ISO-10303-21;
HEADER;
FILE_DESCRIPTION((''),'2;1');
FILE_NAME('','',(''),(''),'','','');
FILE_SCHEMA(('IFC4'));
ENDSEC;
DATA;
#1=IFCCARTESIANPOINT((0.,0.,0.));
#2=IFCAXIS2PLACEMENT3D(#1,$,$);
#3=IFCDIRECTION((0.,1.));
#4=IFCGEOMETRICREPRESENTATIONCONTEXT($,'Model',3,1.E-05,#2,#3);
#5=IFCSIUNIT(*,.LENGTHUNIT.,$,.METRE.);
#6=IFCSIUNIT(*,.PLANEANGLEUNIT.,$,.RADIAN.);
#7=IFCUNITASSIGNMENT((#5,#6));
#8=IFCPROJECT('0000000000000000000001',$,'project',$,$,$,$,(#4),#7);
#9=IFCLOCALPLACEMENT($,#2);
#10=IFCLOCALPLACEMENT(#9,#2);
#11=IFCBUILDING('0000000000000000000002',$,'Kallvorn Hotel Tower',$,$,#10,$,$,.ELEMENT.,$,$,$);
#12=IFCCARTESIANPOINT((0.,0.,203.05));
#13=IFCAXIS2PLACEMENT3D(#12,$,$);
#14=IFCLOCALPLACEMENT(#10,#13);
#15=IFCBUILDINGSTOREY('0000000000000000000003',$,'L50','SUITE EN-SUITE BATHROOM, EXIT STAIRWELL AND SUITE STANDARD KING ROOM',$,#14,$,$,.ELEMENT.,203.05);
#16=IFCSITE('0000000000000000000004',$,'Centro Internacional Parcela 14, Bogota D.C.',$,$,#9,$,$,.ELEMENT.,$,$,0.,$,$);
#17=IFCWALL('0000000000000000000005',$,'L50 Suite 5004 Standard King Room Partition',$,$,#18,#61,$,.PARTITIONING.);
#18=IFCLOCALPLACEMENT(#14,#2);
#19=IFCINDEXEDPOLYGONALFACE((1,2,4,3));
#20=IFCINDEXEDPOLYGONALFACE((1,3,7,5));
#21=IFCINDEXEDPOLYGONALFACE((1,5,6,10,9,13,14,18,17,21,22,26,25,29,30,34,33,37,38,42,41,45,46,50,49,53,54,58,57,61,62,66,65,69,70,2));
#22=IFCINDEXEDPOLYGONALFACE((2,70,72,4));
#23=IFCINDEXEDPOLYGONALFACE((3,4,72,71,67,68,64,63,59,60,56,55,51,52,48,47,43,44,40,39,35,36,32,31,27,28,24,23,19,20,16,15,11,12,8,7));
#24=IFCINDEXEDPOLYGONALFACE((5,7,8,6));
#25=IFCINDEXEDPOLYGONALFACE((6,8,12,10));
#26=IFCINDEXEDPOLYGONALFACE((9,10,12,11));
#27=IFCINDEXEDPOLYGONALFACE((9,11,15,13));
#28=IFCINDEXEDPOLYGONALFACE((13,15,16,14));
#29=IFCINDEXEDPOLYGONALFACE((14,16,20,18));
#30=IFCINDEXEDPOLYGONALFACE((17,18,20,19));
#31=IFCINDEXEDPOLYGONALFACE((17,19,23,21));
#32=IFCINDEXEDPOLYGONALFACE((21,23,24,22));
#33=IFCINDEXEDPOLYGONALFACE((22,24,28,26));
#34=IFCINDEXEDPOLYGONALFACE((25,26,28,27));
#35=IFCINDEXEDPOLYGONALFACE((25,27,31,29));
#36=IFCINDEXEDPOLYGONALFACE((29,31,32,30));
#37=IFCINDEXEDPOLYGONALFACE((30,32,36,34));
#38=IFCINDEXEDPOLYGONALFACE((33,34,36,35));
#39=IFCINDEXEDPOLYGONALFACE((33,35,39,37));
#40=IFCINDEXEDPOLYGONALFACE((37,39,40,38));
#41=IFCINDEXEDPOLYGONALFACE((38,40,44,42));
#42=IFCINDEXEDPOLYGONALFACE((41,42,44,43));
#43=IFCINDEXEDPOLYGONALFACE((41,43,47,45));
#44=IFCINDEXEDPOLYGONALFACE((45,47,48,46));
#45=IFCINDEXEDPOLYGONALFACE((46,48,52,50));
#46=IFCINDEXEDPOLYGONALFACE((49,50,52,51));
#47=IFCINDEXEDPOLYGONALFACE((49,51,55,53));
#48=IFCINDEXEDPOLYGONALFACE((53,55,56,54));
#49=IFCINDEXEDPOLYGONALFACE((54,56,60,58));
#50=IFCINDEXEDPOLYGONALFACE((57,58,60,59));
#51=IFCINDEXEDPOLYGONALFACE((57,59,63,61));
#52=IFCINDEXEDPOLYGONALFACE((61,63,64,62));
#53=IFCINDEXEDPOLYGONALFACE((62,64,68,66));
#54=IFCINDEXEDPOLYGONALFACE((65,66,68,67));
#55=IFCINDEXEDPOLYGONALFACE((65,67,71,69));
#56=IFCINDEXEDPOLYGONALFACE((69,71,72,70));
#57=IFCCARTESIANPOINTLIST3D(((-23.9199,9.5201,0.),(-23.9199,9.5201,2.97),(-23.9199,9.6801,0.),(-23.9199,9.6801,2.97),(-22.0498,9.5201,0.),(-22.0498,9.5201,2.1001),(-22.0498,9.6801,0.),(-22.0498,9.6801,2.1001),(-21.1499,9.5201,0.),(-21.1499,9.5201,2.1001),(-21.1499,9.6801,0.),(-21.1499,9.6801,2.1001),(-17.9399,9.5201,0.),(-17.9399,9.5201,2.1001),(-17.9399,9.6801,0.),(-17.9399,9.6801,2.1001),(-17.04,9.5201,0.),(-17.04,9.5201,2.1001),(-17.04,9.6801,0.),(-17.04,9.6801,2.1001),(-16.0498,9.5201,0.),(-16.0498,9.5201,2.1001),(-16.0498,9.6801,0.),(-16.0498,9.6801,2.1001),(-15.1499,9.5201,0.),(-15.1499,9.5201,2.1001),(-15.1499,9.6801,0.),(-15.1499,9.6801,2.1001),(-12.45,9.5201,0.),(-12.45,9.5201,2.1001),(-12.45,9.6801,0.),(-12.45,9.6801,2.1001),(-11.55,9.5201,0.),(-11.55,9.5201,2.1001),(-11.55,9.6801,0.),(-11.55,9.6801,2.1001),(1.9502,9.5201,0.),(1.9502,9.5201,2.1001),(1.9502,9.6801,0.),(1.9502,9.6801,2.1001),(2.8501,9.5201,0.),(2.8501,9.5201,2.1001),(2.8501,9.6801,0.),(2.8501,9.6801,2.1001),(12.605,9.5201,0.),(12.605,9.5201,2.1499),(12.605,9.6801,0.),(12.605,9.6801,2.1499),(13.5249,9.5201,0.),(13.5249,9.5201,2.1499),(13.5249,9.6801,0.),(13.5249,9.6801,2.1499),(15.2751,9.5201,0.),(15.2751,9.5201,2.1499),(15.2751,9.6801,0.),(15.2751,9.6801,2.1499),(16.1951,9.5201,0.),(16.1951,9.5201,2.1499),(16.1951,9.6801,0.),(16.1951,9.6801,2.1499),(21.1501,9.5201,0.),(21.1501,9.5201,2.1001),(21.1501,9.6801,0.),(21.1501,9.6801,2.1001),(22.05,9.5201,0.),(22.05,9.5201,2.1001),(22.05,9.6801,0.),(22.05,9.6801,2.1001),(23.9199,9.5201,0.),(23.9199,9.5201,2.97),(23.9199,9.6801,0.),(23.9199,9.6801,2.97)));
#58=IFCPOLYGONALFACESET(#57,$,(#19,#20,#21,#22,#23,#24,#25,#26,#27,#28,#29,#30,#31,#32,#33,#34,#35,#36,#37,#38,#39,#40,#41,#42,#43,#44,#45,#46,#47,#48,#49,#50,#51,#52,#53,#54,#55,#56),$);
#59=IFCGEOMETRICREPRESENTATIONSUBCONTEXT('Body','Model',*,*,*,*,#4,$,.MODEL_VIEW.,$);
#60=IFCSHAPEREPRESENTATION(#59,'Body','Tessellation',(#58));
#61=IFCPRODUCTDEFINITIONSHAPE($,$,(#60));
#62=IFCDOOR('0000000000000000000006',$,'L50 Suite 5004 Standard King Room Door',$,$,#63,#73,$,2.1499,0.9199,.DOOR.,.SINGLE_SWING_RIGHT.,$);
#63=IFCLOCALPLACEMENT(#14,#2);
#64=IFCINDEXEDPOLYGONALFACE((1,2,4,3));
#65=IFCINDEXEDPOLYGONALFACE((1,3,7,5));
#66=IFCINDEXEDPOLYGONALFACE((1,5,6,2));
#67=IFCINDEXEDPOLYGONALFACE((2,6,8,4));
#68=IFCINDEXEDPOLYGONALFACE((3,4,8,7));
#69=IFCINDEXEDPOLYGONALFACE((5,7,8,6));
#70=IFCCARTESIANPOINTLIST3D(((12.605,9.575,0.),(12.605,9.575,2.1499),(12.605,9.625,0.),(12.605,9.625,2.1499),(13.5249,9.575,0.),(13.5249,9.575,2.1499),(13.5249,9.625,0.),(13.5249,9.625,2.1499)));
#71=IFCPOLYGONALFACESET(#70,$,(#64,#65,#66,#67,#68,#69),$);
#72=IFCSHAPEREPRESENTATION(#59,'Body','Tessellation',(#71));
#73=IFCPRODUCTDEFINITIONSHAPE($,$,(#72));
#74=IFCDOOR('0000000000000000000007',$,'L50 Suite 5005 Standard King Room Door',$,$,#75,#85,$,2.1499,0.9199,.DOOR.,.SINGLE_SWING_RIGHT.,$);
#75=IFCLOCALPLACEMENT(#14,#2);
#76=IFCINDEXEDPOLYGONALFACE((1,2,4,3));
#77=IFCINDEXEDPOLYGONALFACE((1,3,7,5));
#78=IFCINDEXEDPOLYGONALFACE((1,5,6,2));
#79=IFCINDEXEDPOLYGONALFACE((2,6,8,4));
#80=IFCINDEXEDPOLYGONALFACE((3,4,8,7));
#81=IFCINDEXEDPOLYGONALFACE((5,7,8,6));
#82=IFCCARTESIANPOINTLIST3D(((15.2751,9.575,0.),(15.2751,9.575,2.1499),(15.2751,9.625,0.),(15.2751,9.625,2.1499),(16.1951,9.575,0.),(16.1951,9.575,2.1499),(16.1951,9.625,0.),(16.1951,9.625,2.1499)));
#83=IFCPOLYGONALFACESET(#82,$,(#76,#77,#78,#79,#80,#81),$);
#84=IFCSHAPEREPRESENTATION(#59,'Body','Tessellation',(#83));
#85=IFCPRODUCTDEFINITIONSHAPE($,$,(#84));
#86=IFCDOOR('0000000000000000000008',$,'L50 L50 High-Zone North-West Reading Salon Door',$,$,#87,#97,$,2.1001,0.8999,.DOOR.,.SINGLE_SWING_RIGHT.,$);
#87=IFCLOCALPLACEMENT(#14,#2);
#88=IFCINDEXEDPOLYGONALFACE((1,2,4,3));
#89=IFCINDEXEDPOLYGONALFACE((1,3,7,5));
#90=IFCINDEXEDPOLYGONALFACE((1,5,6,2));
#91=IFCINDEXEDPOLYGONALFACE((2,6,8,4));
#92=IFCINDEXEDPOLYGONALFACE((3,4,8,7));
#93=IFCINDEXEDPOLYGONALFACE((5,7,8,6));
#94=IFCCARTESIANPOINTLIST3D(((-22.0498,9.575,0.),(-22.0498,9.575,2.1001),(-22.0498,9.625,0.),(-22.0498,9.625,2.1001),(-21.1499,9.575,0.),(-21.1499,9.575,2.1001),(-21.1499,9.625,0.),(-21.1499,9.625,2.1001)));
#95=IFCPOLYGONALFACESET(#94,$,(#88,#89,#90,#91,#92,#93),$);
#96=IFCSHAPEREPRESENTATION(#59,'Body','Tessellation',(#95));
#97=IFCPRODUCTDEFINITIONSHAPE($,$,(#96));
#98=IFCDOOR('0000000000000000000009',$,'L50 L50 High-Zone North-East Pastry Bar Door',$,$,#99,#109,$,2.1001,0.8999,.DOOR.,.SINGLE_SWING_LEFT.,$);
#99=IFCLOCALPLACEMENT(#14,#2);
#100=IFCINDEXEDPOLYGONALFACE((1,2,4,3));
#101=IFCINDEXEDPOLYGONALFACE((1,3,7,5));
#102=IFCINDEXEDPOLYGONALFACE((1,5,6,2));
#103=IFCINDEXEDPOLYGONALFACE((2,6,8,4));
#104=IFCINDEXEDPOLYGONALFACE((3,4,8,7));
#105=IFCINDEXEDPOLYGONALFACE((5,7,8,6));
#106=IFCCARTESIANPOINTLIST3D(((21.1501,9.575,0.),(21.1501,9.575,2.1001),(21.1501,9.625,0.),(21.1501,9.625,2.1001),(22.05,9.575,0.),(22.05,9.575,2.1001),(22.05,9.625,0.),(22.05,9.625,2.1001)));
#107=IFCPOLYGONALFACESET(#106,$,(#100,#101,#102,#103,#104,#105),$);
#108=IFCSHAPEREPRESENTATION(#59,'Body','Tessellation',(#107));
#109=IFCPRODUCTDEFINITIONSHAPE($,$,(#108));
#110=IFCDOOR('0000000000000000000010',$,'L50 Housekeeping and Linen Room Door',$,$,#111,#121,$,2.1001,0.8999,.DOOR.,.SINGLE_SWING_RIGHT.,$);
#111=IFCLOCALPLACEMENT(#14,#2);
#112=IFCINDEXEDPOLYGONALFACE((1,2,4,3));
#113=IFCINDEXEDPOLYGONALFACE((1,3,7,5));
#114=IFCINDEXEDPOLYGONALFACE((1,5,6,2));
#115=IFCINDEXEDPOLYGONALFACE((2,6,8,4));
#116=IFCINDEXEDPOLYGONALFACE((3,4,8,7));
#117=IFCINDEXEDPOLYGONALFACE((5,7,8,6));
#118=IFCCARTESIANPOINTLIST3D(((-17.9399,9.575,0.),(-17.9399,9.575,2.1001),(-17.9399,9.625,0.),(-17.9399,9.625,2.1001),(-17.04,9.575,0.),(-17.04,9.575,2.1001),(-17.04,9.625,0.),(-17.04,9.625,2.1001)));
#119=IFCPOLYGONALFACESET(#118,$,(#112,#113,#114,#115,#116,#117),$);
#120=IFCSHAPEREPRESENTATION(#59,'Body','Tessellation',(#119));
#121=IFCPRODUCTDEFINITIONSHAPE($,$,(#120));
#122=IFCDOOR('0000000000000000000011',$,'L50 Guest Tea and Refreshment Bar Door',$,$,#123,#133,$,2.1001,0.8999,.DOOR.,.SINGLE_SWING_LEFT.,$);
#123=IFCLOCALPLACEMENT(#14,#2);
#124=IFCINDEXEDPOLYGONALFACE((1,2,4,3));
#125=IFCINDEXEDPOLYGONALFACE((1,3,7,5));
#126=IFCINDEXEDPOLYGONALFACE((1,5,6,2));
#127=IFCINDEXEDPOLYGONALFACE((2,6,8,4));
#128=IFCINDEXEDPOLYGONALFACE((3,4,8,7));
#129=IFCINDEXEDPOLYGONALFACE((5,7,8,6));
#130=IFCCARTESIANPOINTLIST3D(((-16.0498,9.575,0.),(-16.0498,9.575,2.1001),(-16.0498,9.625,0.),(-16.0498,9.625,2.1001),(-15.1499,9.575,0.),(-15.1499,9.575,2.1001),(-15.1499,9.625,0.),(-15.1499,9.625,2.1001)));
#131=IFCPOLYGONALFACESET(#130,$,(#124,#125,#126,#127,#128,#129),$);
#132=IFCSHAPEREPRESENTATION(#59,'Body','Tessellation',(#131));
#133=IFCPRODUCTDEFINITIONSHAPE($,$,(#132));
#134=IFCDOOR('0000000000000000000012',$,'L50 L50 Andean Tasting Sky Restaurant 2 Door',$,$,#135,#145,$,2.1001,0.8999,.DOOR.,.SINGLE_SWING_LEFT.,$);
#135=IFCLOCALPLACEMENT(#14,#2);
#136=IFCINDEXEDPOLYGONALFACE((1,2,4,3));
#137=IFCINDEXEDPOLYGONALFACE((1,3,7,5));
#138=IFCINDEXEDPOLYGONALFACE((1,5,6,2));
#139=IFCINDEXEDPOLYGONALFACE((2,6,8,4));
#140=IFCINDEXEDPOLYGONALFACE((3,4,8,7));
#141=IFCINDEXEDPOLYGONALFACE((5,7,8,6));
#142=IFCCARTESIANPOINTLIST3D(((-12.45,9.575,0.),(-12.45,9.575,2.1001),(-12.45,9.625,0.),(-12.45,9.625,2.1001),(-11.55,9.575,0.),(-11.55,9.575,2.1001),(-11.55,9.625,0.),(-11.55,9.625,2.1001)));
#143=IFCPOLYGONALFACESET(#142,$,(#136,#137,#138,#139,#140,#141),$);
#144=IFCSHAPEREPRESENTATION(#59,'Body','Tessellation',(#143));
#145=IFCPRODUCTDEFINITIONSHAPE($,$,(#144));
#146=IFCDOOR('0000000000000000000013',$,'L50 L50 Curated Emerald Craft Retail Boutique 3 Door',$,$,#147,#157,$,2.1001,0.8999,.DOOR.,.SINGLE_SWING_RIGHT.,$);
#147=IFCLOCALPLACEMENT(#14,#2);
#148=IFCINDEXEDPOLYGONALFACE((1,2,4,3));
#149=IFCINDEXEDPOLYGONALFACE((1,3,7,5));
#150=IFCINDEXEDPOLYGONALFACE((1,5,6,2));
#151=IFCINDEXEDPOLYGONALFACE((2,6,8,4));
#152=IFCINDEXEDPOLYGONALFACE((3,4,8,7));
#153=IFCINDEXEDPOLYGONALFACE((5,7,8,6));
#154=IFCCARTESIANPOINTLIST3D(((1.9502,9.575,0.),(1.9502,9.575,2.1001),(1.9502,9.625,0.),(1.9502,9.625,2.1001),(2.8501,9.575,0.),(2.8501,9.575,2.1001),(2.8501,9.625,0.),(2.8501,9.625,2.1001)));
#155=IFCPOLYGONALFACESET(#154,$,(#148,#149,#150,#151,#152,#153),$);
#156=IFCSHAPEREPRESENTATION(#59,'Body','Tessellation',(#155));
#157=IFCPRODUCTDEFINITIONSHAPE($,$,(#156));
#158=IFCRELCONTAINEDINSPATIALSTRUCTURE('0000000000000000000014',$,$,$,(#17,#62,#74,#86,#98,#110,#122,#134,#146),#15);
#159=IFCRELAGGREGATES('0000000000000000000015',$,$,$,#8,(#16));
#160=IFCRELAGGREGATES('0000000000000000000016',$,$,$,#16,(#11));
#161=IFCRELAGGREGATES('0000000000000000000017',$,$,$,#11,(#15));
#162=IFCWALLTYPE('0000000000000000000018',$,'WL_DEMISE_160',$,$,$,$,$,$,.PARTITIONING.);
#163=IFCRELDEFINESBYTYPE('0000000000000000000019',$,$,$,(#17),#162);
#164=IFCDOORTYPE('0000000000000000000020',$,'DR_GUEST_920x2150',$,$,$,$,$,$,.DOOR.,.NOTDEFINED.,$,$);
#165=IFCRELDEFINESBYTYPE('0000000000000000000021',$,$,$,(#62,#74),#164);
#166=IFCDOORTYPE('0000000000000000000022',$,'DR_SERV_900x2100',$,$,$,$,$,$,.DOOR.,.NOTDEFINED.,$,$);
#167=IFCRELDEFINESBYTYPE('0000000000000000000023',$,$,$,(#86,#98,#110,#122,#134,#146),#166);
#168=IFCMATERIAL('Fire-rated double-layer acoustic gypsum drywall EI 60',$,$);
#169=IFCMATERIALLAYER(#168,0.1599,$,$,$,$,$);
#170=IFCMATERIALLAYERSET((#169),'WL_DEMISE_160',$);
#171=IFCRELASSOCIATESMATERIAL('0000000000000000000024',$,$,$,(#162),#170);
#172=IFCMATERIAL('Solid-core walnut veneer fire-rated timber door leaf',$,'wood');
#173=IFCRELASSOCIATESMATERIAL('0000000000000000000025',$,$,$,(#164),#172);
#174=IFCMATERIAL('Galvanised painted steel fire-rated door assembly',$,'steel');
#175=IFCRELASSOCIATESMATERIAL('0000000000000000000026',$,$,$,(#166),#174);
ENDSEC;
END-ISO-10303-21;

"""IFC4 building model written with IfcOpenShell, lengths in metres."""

from ifc_helpers import new_model, si_unit, direction, frame, frame_2d, origin, place, context, subcontext, project, spatial, rectangle, extrude, material, layer, layer_set, type_object, element, fill, save


model = new_model("IFC4")

# Units and contexts
model_context = context("Model", 3, precision=1e-05, world=origin(), true_north=direction((0.0, 1.0)))
body_context = subcontext(model_context, "Body", "Model", "MODEL_VIEW")
ifc_project = project(units=[si_unit("LENGTHUNIT", "METRE"), si_unit("PLANEANGLEUNIT", "RADIAN")], contexts=[model_context])

# Site, building, storey
site_placement = place(None, origin())
site = spatial("IfcSite", under=ifc_project, at=site_placement, Name="Centro Internacional Parcela 14, Bogota D.C.", CompositionType="ELEMENT", RefElevation=0.0)
building_placement = place(site_placement, origin())
building = spatial("IfcBuilding", under=site, at=building_placement, Name="Kallvorn Hotel Tower", CompositionType="ELEMENT")
storey_placement = place(building_placement, frame((0.0, 0.0, 203.05)))
storey = spatial("IfcBuildingStorey", under=building, at=storey_placement, Name="L50", Description="SUITE EN-SUITE BATHROOM, EXIT STAIRWELL AND SUITE STANDARD KING ROOM", CompositionType="ELEMENT", Elevation=203.05)

# Wall, openings, doors
ifc_material_1 = material(Name="Fire-rated double-layer acoustic gypsum drywall EI 60")
ifc_layer_1 = layer(ifc_material_1, 0.1599)
ifc_layer_set_1 = layer_set([ifc_layer_1], Name="WL_DEMISE_160")
wall_type_1 = type_object("IfcWallType", Name="WL_DEMISE_160", PredefinedType="PARTITIONING", material=ifc_layer_set_1)
wall_1_placement = place(storey_placement, frame((-23.9199, 9.6001, 0.0), z_axis=(0.0, 0.0, 1.0), x_axis=(1.0, 0.0, 0.0)))
wall_1 = element("IfcWall", 1, at=wall_1_placement, inside=storey, type_object=wall_type_1, Name="L50 Suite 5004 Standard King Room Partition", PredefinedType="PARTITIONING", context=body_context, shape_type="SweptSolid", body=[
    extrude(rectangle(XDim=47.8398, YDim=0.1599, at=frame_2d((23.9199, 0.0))), origin(), (0.0, 0.0, 1.0), 2.97),
])
opening_1_placement = place(wall_1_placement, frame((1.8701, 0.0, 0.0)))
opening_1 = element("IfcOpeningElement", 2, at=opening_1_placement, cuts=wall_1, PredefinedType="OPENING", context=body_context, shape_type="SweptSolid", body=[
    extrude(rectangle(XDim=0.8999, YDim=2.1001, at=frame_2d((0.45, 1.05))), frame((0.0, 0.095, 0.0), z_axis=(0.0, -1.0, 0.0), x_axis=(1.0, 0.0, 0.0)), (0.0, 0.0, 1.0), 0.1899),
])
opening_2_placement = place(wall_1_placement, frame((45.0701, 0.0, 0.0)))
opening_2 = element("IfcOpeningElement", 3, at=opening_2_placement, cuts=wall_1, PredefinedType="OPENING", context=body_context, shape_type="SweptSolid", body=[
    extrude(rectangle(XDim=0.8999, YDim=2.1001, at=frame_2d((0.45, 1.05))), frame((0.0, 0.095, 0.0), z_axis=(0.0, -1.0, 0.0), x_axis=(1.0, 0.0, 0.0)), (0.0, 0.0, 1.0), 0.1899),
])
opening_3_placement = place(wall_1_placement, frame((5.98, 0.0, 0.0)))
opening_3 = element("IfcOpeningElement", 4, at=opening_3_placement, cuts=wall_1, PredefinedType="OPENING", context=body_context, shape_type="SweptSolid", body=[
    extrude(rectangle(XDim=0.8999, YDim=2.1001, at=frame_2d((0.45, 1.05))), frame((0.0, 0.095, 0.0), z_axis=(0.0, -1.0, 0.0), x_axis=(1.0, 0.0, 0.0)), (0.0, 0.0, 1.0), 0.1899),
])
opening_4_placement = place(wall_1_placement, frame((7.8701, 0.0, 0.0)))
opening_4 = element("IfcOpeningElement", 5, at=opening_4_placement, cuts=wall_1, PredefinedType="OPENING", context=body_context, shape_type="SweptSolid", body=[
    extrude(rectangle(XDim=0.8999, YDim=2.1001, at=frame_2d((0.45, 1.05))), frame((0.0, 0.095, 0.0), z_axis=(0.0, -1.0, 0.0), x_axis=(1.0, 0.0, 0.0)), (0.0, 0.0, 1.0), 0.1899),
])
opening_5_placement = place(wall_1_placement, frame((11.47, 0.0, 0.0)))
opening_5 = element("IfcOpeningElement", 6, at=opening_5_placement, cuts=wall_1, PredefinedType="OPENING", context=body_context, shape_type="SweptSolid", body=[
    extrude(rectangle(XDim=0.8999, YDim=2.1001, at=frame_2d((0.45, 1.05))), frame((0.0, 0.095, 0.0), z_axis=(0.0, -1.0, 0.0), x_axis=(1.0, 0.0, 0.0)), (0.0, 0.0, 1.0), 0.1899),
])
opening_6_placement = place(wall_1_placement, frame((25.8701, 0.0, 0.0)))
opening_6 = element("IfcOpeningElement", 7, at=opening_6_placement, cuts=wall_1, PredefinedType="OPENING", context=body_context, shape_type="SweptSolid", body=[
    extrude(rectangle(XDim=0.8999, YDim=2.1001, at=frame_2d((0.45, 1.05))), frame((0.0, 0.095, 0.0), z_axis=(0.0, -1.0, 0.0), x_axis=(1.0, 0.0, 0.0)), (0.0, 0.0, 1.0), 0.1899),
])
opening_7_placement = place(wall_1_placement, frame((36.5249, 0.0, 0.0)))
opening_7 = element("IfcOpeningElement", 8, at=opening_7_placement, cuts=wall_1, PredefinedType="OPENING", context=body_context, shape_type="SweptSolid", body=[
    extrude(rectangle(XDim=0.9199, YDim=2.1499, at=frame_2d((0.46, 1.075))), frame((0.0, 0.095, 0.0), z_axis=(0.0, -1.0, 0.0), x_axis=(1.0, 0.0, 0.0)), (0.0, 0.0, 1.0), 0.1899),
])
opening_8_placement = place(wall_1_placement, frame((39.1951, 0.0, 0.0)))
opening_8 = element("IfcOpeningElement", 9, at=opening_8_placement, cuts=wall_1, PredefinedType="OPENING", context=body_context, shape_type="SweptSolid", body=[
    extrude(rectangle(XDim=0.9199, YDim=2.1499, at=frame_2d((0.46, 1.075))), frame((0.0, 0.095, 0.0), z_axis=(0.0, -1.0, 0.0), x_axis=(1.0, 0.0, 0.0)), (0.0, 0.0, 1.0), 0.1899),
])
ifc_material_2 = material(Name="Solid-core walnut veneer fire-rated timber door leaf", Category="wood")
door_type_1 = type_object("IfcDoorType", Name="DR_GUEST_920x2150", OperationType="NOTDEFINED", PredefinedType="DOOR", material=ifc_material_2)
door_1_placement = place(opening_7_placement, origin())
door_1 = element("IfcDoor", 10, at=door_1_placement, inside=storey, type_object=door_type_1, Name="L50 Suite 5004 Standard King Room Door", OperationType="SINGLE_SWING_RIGHT", OverallHeight=2.1499, OverallWidth=0.9199, PredefinedType="DOOR", context=body_context, shape_type="SweptSolid", body=[
    extrude(rectangle(XDim=0.9199, YDim=2.1499, at=frame_2d((0.46, 1.075))), frame((0.0, 0.0249, 0.0), z_axis=(0.0, -1.0, 0.0), x_axis=(1.0, 0.0, 0.0)), (0.0, 0.0, 1.0), 0.05),
])
fill(opening_7, door_1)
door_2_placement = place(opening_8_placement, origin())
door_2 = element("IfcDoor", 11, at=door_2_placement, inside=storey, type_object=door_type_1, Name="L50 Suite 5005 Standard King Room Door", OperationType="SINGLE_SWING_RIGHT", OverallHeight=2.1499, OverallWidth=0.9199, PredefinedType="DOOR", context=body_context, shape_type="SweptSolid", body=[
    extrude(rectangle(XDim=0.9199, YDim=2.1499, at=frame_2d((0.46, 1.075))), frame((0.0, 0.0249, 0.0), z_axis=(0.0, -1.0, 0.0), x_axis=(1.0, 0.0, 0.0)), (0.0, 0.0, 1.0), 0.05),
])
fill(opening_8, door_2)
ifc_material_3 = material(Name="Galvanised painted steel fire-rated door assembly", Category="steel")
door_type_2 = type_object("IfcDoorType", Name="DR_SERV_900x2100", OperationType="NOTDEFINED", PredefinedType="DOOR", material=ifc_material_3)
door_3_placement = place(opening_1_placement, origin())
door_3 = element("IfcDoor", 12, at=door_3_placement, inside=storey, type_object=door_type_2, Name="L50 L50 High-Zone North-West Reading Salon Door", OperationType="SINGLE_SWING_RIGHT", OverallHeight=2.1001, OverallWidth=0.8999, PredefinedType="DOOR", context=body_context, shape_type="SweptSolid", body=[
    extrude(rectangle(XDim=0.8999, YDim=2.1001, at=frame_2d((0.45, 1.05))), frame((0.0, 0.0249, 0.0), z_axis=(0.0, -1.0, 0.0), x_axis=(1.0, 0.0, 0.0)), (0.0, 0.0, 1.0), 0.05),
])
fill(opening_1, door_3)
door_4_placement = place(opening_2_placement, origin())
door_4 = element("IfcDoor", 13, at=door_4_placement, inside=storey, type_object=door_type_2, Name="L50 L50 High-Zone North-East Pastry Bar Door", OperationType="SINGLE_SWING_LEFT", OverallHeight=2.1001, OverallWidth=0.8999, PredefinedType="DOOR", context=body_context, shape_type="SweptSolid", body=[
    extrude(rectangle(XDim=0.8999, YDim=2.1001, at=frame_2d((0.45, 1.05))), frame((0.0, 0.0249, 0.0), z_axis=(0.0, -1.0, 0.0), x_axis=(1.0, 0.0, 0.0)), (0.0, 0.0, 1.0), 0.05),
])
fill(opening_2, door_4)
door_5_placement = place(opening_3_placement, origin())
door_5 = element("IfcDoor", 14, at=door_5_placement, inside=storey, type_object=door_type_2, Name="L50 Housekeeping and Linen Room Door", OperationType="SINGLE_SWING_RIGHT", OverallHeight=2.1001, OverallWidth=0.8999, PredefinedType="DOOR", context=body_context, shape_type="SweptSolid", body=[
    extrude(rectangle(XDim=0.8999, YDim=2.1001, at=frame_2d((0.45, 1.05))), frame((0.0, 0.0249, 0.0), z_axis=(0.0, -1.0, 0.0), x_axis=(1.0, 0.0, 0.0)), (0.0, 0.0, 1.0), 0.05),
])
fill(opening_3, door_5)
door_6_placement = place(opening_4_placement, origin())
door_6 = element("IfcDoor", 15, at=door_6_placement, inside=storey, type_object=door_type_2, Name="L50 Guest Tea and Refreshment Bar Door", OperationType="SINGLE_SWING_LEFT", OverallHeight=2.1001, OverallWidth=0.8999, PredefinedType="DOOR", context=body_context, shape_type="SweptSolid", body=[
    extrude(rectangle(XDim=0.8999, YDim=2.1001, at=frame_2d((0.45, 1.05))), frame((0.0, 0.0249, 0.0), z_axis=(0.0, -1.0, 0.0), x_axis=(1.0, 0.0, 0.0)), (0.0, 0.0, 1.0), 0.05),
])
fill(opening_4, door_6)
door_7_placement = place(opening_5_placement, origin())
door_7 = element("IfcDoor", 16, at=door_7_placement, inside=storey, type_object=door_type_2, Name="L50 L50 Andean Tasting Sky Restaurant 2 Door", OperationType="SINGLE_SWING_LEFT", OverallHeight=2.1001, OverallWidth=0.8999, PredefinedType="DOOR", context=body_context, shape_type="SweptSolid", body=[
    extrude(rectangle(XDim=0.8999, YDim=2.1001, at=frame_2d((0.45, 1.05))), frame((0.0, 0.0249, 0.0), z_axis=(0.0, -1.0, 0.0), x_axis=(1.0, 0.0, 0.0)), (0.0, 0.0, 1.0), 0.05),
])
fill(opening_5, door_7)
door_8_placement = place(opening_6_placement, origin())
door_8 = element("IfcDoor", 17, at=door_8_placement, inside=storey, type_object=door_type_2, Name="L50 L50 Curated Emerald Craft Retail Boutique 3 Door", OperationType="SINGLE_SWING_RIGHT", OverallHeight=2.1001, OverallWidth=0.8999, PredefinedType="DOOR", context=body_context, shape_type="SweptSolid", body=[
    extrude(rectangle(XDim=0.8999, YDim=2.1001, at=frame_2d((0.45, 1.05))), frame((0.0, 0.0249, 0.0), z_axis=(0.0, -1.0, 0.0), x_axis=(1.0, 0.0, 0.0)), (0.0, 0.0, 1.0), 0.05),
])
fill(opening_6, door_8)

save(model, "model.ifc")
